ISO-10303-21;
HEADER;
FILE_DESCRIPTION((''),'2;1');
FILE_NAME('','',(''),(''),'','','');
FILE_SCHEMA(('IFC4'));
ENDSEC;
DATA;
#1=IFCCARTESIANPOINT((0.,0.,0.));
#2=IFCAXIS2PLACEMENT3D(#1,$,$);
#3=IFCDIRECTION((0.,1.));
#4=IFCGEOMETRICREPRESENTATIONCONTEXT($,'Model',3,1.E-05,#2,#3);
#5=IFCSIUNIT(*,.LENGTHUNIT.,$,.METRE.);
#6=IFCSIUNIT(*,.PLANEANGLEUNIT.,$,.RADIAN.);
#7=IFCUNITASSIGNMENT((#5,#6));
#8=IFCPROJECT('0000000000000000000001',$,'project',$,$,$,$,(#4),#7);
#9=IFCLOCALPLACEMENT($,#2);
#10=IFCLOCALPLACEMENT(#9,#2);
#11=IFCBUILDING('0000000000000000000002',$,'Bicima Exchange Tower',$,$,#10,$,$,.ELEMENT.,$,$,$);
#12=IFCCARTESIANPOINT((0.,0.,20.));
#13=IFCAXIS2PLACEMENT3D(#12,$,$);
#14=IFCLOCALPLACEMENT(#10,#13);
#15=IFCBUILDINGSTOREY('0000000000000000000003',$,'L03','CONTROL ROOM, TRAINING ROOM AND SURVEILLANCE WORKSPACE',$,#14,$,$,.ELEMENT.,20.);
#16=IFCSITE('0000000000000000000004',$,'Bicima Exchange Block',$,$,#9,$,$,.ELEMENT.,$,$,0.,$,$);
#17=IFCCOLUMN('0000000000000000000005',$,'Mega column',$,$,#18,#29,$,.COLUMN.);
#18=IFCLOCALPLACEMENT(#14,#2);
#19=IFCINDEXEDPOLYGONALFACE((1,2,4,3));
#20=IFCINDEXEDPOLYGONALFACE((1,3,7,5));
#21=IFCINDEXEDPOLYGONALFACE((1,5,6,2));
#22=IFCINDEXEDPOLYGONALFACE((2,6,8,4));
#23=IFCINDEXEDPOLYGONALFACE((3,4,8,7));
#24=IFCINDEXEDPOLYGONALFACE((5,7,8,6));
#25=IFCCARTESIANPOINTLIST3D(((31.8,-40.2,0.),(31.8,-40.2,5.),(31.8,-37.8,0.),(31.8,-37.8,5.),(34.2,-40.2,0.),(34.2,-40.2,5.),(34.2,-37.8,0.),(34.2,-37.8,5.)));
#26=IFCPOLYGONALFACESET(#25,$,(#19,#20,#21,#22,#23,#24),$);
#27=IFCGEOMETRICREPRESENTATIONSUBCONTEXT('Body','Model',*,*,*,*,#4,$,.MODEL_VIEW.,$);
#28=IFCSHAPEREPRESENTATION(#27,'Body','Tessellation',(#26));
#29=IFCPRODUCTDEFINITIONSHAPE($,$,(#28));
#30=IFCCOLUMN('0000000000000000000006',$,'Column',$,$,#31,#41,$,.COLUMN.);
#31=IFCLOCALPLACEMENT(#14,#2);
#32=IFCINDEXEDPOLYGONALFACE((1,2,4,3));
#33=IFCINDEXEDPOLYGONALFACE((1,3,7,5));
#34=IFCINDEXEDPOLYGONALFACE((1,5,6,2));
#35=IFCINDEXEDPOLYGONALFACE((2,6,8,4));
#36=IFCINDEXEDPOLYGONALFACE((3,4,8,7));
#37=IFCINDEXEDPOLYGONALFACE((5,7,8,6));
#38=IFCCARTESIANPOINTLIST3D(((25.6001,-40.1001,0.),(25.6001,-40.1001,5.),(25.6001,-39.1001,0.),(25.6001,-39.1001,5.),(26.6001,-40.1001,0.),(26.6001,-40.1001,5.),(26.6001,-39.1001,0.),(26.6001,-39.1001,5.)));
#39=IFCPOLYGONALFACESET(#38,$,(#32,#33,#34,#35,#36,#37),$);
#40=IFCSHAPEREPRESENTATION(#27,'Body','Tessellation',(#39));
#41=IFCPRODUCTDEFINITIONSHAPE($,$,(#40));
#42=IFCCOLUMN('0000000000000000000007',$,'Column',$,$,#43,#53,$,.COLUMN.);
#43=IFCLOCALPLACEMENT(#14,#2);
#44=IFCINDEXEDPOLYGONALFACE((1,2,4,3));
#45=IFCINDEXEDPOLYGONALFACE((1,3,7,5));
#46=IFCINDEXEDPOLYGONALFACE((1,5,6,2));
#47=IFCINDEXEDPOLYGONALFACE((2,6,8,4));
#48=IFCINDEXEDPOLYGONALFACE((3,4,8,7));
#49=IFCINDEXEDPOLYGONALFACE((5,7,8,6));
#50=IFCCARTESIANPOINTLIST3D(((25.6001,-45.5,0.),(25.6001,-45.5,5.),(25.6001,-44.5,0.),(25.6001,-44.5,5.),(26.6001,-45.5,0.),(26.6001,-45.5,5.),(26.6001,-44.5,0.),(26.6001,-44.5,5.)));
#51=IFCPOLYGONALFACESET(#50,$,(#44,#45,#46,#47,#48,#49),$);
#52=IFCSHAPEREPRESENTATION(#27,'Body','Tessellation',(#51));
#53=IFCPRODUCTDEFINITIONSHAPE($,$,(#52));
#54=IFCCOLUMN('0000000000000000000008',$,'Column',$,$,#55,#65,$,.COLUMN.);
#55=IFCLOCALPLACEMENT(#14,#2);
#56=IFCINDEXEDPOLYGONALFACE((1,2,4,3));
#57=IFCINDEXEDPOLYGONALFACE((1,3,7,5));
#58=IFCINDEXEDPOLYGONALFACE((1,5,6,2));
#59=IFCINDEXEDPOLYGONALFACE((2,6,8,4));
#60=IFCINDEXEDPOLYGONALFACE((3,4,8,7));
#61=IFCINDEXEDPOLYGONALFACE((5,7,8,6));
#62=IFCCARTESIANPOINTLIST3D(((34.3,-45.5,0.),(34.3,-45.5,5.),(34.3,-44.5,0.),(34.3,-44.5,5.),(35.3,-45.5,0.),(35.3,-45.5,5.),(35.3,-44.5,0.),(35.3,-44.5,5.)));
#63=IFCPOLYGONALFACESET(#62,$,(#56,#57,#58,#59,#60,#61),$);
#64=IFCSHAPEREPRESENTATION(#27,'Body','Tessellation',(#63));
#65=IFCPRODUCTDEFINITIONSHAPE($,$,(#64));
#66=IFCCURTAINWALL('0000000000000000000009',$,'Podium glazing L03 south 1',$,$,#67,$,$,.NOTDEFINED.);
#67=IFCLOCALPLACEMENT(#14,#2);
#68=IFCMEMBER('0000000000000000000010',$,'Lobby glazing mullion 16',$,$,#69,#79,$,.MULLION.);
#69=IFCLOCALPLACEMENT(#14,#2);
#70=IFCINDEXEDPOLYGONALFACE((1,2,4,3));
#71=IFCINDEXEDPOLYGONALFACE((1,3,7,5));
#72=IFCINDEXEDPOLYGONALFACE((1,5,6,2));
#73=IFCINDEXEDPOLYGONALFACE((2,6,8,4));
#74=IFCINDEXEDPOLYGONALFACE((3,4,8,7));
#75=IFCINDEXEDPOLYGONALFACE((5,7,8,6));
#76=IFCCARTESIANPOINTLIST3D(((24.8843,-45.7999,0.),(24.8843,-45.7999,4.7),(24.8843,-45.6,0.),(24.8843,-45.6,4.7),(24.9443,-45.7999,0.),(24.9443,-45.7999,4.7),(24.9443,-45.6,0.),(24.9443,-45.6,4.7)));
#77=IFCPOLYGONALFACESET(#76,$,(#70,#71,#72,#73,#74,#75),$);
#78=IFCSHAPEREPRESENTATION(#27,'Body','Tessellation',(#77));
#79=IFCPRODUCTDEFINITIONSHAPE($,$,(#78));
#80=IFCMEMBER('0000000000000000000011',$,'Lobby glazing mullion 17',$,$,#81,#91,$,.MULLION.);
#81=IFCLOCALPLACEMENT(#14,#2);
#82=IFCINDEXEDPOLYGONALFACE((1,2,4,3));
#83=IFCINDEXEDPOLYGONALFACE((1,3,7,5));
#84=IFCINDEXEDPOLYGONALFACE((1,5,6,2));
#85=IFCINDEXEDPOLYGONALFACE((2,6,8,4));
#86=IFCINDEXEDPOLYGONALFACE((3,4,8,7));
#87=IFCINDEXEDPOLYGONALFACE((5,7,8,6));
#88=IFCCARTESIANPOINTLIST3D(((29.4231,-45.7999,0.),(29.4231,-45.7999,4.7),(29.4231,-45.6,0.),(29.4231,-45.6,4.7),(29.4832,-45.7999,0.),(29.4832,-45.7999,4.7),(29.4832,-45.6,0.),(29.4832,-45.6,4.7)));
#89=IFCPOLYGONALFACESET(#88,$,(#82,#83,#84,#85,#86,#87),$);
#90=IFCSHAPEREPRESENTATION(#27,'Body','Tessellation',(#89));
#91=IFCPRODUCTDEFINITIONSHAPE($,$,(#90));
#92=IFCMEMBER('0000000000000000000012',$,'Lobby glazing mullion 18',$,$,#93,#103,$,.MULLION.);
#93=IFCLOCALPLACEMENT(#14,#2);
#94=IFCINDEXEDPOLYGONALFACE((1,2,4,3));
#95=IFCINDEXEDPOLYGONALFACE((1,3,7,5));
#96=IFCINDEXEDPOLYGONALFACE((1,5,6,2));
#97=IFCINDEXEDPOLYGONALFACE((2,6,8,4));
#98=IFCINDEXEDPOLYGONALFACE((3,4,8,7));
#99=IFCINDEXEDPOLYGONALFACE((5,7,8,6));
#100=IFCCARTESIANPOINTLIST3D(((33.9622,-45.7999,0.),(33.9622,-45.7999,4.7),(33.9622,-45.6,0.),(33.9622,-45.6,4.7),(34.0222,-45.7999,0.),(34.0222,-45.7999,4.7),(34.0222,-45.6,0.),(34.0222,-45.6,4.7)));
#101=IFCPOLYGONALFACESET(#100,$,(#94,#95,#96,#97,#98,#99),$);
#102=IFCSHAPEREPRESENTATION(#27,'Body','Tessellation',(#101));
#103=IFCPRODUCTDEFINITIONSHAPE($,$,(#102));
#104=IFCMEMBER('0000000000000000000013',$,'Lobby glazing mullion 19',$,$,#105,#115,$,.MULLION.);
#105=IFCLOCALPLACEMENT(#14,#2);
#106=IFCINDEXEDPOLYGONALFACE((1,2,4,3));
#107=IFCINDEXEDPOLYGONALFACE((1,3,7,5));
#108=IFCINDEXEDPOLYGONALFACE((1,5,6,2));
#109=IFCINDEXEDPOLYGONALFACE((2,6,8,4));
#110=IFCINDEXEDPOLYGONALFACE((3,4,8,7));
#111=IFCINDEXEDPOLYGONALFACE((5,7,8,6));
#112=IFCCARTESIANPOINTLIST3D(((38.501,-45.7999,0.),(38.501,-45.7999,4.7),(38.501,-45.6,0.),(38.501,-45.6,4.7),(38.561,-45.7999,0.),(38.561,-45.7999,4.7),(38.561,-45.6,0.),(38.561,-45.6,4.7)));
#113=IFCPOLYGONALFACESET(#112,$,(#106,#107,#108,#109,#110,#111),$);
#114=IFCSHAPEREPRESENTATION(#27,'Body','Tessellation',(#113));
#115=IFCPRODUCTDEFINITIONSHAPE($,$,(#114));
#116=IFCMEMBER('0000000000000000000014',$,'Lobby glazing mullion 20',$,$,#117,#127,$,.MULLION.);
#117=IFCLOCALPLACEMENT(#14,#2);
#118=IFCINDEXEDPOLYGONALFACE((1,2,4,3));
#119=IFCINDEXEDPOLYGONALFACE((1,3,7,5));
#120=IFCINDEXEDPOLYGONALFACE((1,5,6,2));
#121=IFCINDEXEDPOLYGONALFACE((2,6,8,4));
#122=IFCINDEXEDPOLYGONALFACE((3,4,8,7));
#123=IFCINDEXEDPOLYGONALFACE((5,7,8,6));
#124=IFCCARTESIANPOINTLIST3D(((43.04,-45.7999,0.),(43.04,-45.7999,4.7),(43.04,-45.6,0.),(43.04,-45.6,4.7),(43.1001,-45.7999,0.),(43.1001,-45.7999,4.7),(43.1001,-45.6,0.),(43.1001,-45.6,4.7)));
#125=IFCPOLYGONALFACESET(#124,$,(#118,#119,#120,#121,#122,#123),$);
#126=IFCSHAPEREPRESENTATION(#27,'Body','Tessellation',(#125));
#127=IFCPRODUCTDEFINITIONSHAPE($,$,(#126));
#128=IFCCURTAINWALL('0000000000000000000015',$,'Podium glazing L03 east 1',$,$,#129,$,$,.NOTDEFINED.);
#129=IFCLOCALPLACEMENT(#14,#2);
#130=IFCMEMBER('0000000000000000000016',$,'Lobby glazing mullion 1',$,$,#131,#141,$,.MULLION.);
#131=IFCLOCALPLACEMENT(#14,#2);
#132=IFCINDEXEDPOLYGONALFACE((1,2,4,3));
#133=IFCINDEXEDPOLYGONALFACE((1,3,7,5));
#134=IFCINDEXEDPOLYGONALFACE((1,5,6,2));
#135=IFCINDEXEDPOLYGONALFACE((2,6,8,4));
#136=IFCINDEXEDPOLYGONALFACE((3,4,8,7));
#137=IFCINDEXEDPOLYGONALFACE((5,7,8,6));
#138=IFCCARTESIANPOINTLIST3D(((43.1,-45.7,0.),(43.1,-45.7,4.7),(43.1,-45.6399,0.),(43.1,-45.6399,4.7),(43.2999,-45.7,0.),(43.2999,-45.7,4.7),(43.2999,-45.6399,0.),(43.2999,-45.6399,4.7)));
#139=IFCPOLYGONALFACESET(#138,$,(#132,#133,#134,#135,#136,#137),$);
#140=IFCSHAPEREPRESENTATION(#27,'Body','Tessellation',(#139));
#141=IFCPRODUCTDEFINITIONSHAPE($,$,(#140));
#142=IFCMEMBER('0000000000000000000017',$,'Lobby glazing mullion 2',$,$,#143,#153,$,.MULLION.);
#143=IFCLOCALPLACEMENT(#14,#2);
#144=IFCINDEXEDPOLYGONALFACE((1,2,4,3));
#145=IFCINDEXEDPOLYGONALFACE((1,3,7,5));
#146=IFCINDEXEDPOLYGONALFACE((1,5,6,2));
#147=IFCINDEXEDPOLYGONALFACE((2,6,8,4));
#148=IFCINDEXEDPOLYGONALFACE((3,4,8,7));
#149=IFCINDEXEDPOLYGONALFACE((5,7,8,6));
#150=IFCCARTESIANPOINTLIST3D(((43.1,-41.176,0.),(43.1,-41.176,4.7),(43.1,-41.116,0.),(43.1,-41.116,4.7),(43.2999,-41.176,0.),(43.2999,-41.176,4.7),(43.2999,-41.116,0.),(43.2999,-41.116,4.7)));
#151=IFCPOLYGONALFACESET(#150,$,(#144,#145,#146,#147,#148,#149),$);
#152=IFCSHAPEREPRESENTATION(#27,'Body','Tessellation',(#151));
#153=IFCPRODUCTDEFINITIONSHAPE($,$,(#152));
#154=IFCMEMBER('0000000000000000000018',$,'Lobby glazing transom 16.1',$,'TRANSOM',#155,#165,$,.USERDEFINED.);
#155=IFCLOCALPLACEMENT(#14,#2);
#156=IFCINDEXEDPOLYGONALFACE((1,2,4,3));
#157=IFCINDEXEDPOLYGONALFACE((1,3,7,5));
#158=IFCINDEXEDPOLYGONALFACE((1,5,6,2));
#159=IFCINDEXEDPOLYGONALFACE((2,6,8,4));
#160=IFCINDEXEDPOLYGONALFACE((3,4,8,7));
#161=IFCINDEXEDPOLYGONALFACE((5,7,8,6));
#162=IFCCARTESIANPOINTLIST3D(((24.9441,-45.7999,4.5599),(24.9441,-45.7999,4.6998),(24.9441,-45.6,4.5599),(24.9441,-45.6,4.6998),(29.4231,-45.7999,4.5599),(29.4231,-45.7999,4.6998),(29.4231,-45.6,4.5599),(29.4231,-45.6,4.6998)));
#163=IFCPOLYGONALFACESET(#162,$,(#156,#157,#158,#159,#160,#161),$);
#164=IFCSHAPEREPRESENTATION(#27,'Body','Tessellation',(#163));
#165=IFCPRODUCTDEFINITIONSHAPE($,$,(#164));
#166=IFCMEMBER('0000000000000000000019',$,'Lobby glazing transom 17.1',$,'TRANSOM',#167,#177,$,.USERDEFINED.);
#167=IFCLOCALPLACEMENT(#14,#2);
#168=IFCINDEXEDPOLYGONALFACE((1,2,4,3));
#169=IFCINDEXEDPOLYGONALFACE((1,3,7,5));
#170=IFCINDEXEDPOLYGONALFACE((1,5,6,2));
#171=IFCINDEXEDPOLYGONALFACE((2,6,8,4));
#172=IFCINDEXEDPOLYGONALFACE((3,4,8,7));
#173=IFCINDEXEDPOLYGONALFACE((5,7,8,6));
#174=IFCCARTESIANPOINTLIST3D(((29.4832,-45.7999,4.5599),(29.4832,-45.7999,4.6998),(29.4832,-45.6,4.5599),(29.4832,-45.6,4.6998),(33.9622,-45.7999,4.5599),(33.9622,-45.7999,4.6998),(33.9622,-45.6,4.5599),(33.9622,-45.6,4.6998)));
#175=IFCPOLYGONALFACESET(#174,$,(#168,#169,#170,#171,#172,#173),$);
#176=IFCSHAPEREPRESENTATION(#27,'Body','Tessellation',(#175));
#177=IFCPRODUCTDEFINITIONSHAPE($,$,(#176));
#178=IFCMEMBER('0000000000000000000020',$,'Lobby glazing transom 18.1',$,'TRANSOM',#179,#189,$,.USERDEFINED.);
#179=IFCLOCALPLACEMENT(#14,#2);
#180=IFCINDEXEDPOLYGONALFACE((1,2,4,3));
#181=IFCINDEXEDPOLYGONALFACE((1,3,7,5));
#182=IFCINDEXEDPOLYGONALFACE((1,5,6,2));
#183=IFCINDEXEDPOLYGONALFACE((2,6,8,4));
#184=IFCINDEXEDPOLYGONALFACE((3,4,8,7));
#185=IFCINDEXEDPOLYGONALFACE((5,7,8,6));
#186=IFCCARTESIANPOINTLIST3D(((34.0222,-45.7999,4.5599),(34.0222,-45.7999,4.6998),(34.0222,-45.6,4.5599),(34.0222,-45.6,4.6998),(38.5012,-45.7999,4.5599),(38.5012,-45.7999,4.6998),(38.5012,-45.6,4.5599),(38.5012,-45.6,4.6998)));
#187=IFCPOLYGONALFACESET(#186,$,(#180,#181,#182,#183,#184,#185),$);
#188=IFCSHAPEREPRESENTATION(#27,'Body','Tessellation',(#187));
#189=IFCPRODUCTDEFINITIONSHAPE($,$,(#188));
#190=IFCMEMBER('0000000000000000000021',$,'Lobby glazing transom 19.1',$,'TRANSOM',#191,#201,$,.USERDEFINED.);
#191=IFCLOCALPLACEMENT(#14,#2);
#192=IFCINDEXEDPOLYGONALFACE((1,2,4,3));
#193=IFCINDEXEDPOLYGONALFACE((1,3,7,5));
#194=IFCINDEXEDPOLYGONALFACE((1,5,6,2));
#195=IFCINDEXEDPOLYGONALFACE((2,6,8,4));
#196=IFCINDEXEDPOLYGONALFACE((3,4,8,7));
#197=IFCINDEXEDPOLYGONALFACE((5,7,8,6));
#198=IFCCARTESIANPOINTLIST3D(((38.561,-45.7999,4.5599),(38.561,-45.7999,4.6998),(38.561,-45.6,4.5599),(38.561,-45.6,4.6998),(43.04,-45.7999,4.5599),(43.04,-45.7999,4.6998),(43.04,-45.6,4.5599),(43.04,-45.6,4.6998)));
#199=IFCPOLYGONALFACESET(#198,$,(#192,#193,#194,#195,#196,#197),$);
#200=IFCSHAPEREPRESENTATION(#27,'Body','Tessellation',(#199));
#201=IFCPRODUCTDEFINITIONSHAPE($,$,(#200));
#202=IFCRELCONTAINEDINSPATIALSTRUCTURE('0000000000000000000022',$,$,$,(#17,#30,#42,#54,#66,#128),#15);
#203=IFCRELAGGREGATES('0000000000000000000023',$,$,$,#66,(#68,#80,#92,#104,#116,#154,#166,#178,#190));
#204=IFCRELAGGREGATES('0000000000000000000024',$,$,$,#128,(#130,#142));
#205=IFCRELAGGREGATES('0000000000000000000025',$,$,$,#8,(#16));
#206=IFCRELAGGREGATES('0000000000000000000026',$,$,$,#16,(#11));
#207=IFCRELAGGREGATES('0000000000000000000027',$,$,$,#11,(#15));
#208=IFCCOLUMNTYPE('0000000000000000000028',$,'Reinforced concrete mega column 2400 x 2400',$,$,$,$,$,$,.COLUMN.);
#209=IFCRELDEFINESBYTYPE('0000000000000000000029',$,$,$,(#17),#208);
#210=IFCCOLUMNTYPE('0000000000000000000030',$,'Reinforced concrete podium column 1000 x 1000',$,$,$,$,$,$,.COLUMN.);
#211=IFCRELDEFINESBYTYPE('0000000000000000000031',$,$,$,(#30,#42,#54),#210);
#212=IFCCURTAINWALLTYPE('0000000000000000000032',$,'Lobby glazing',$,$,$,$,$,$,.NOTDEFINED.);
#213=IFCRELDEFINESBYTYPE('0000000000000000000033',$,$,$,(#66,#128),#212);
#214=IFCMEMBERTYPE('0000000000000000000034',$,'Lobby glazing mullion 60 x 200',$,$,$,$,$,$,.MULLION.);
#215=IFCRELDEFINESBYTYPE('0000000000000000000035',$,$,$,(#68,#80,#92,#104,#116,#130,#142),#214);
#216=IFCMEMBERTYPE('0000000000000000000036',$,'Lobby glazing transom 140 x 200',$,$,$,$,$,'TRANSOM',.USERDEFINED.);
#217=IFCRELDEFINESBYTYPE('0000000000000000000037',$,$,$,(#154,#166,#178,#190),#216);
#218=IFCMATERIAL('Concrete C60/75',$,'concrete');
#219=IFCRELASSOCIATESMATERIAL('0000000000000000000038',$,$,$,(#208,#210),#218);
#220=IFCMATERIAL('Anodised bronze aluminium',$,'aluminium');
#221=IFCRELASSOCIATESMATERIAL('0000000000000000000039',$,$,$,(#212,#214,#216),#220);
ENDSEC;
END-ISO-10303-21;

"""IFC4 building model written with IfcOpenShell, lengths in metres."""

from ifc_helpers import new_model, si_unit, direction, frame, origin, origin_2d, place, context, subcontext, project, spatial, rectangle, extrude, material, material_profile, profile_set, type_object, element, aggregate, save


model = new_model("IFC4")

# Units and contexts
model_context = context("Model", 3, precision=1e-05, world=origin(), true_north=direction((0.0, 1.0)))
body_context = subcontext(model_context, "Body", "Model", "MODEL_VIEW")
ifc_project = project(units=[si_unit("LENGTHUNIT", "METRE"), si_unit("PLANEANGLEUNIT", "RADIAN")], contexts=[model_context])

# Site, building, storey
site_placement = place(None, origin())
site = spatial("IfcSite", under=ifc_project, at=site_placement, Name="Bicima Exchange Block", CompositionType="ELEMENT", RefElevation=0.0)
building_placement = place(site_placement, origin())
building = spatial("IfcBuilding", under=site, at=building_placement, Name="Bicima Exchange Tower", CompositionType="ELEMENT")
storey_placement = place(building_placement, frame((0.0, 0.0, 20.0)))
storey = spatial("IfcBuildingStorey", under=building, at=storey_placement, Name="L03", Description="CONTROL ROOM, TRAINING ROOM AND SURVEILLANCE WORKSPACE", CompositionType="ELEMENT", Elevation=20.0)

# Columns
ifc_material_1 = material(Name="Concrete C60/75", Category="concrete")
ifc_material_profile_1 = material_profile(ifc_material_1, rectangle(XDim=2.3999, YDim=2.3999, at=origin_2d()))
ifc_profile_set_1 = profile_set([ifc_material_profile_1], Name="Concrete C60/75")
column_type_1 = type_object("IfcColumnType", Name="Reinforced concrete mega column 2400 x 2400", PredefinedType="COLUMN", material=ifc_profile_set_1)
column_placement = place(storey_placement, frame((33.0, -39.0, 0.0), z_axis=(0.0, 0.0, 1.0), x_axis=(1.0, 0.0, 0.0)))
element("IfcColumn", 1, at=column_placement, inside=storey, type_object=column_type_1, Name="Mega column", PredefinedType="COLUMN", context=body_context, shape_type="SweptSolid", body=[
    extrude(rectangle(XDim=2.3999, YDim=2.3999, at=origin_2d()), origin(), (0.0, 0.0, 1.0), 5.0),
])
ifc_material_profile_2 = material_profile(ifc_material_1, rectangle(XDim=1.0, YDim=1.0, at=origin_2d()))
ifc_profile_set_2 = profile_set([ifc_material_profile_2], Name="Concrete C60/75")
column_type_2 = type_object("IfcColumnType", Name="Reinforced concrete podium column 1000 x 1000", PredefinedType="COLUMN", material=ifc_profile_set_2)
for number, where, z_axis, x_axis, name in (
    (2, (26.1001, -39.6001, 0.0), (0.0, 0.0, 1.0), (1.0, 0.0, 0.0), "Column"),
    (3, (26.1001, -45.0, 0.0), (0.0, 0.0, 1.0), (1.0, 0.0, 0.0), "Column"),
    (4, (34.8, -45.0, 0.0), (0.0, 0.0, 1.0), (1.0, 0.0, 0.0), "Column"),
):
    element("IfcColumn", number, at=place(storey_placement, frame(where, z_axis=z_axis, x_axis=x_axis)), inside=storey, type_object=column_type_2, Name=name, PredefinedType="COLUMN", context=body_context, shape_type="SweptSolid", body=[
        extrude(rectangle(XDim=1.0, YDim=1.0, at=origin_2d()), origin(), (0.0, 0.0, 1.0), 5.0),
    ])

# Curtain walls, members
ifc_material_2 = material(Name="Anodised bronze aluminium", Category="aluminium")
curtain_wall_type = type_object("IfcCurtainWallType", Name="Lobby glazing", PredefinedType="NOTDEFINED", material=ifc_material_2)
curtain_wall_1_placement = place(storey_placement, origin())
curtain_wall_1 = element("IfcCurtainWall", 5, at=curtain_wall_1_placement, inside=storey, type_object=curtain_wall_type, Name="Podium glazing L03 south 1", PredefinedType="NOTDEFINED")
ifc_material_profile_3 = material_profile(ifc_material_2, rectangle(XDim=0.2, YDim=0.0601, at=origin_2d()))
ifc_profile_set_3 = profile_set([ifc_material_profile_3], Name="Anodised bronze aluminium")
member_type_1 = type_object("IfcMemberType", Name="Lobby glazing mullion 60 x 200", PredefinedType="MULLION", material=ifc_profile_set_3)
member_1_placement = place(storey_placement, frame((24.9143, -45.7, 0.0), z_axis=(0.0, 0.0, 1.0), x_axis=(0.0, 1.0, 0.0)))
member_1 = element("IfcMember", 6, at=member_1_placement, type_object=member_type_1, Name="Lobby glazing mullion 16", PredefinedType="MULLION", context=body_context, shape_type="SweptSolid", body=[
    extrude(rectangle(XDim=0.2, YDim=0.0601, at=origin_2d()), origin(), (0.0, 0.0, 1.0), 4.7),
])
member_2_placement = place(storey_placement, frame((29.4531, -45.7, 0.0), z_axis=(0.0, 0.0, 1.0), x_axis=(0.0, 1.0, 0.0)))
member_2 = element("IfcMember", 7, at=member_2_placement, type_object=member_type_1, Name="Lobby glazing mullion 17", PredefinedType="MULLION", context=body_context, shape_type="SweptSolid", body=[
    extrude(rectangle(XDim=0.2, YDim=0.0601, at=origin_2d()), origin(), (0.0, 0.0, 1.0), 4.7),
])
member_3_placement = place(storey_placement, frame((33.9922, -45.7, 0.0), z_axis=(0.0, 0.0, 1.0), x_axis=(0.0, 1.0, 0.0)))
member_3 = element("IfcMember", 8, at=member_3_placement, type_object=member_type_1, Name="Lobby glazing mullion 18", PredefinedType="MULLION", context=body_context, shape_type="SweptSolid", body=[
    extrude(rectangle(XDim=0.2, YDim=0.0601, at=origin_2d()), origin(), (0.0, 0.0, 1.0), 4.7),
])
member_4_placement = place(storey_placement, frame((38.531, -45.7, 0.0), z_axis=(0.0, 0.0, 1.0), x_axis=(0.0, 1.0, 0.0)))
member_4 = element("IfcMember", 9, at=member_4_placement, type_object=member_type_1, Name="Lobby glazing mullion 19", PredefinedType="MULLION", context=body_context, shape_type="SweptSolid", body=[
    extrude(rectangle(XDim=0.2, YDim=0.0601, at=origin_2d()), origin(), (0.0, 0.0, 1.0), 4.7),
])
member_5_placement = place(storey_placement, frame((43.0701, -45.7, 0.0), z_axis=(0.0, 0.0, 1.0), x_axis=(0.0, 1.0, 0.0)))
member_5 = element("IfcMember", 10, at=member_5_placement, type_object=member_type_1, Name="Lobby glazing mullion 20", PredefinedType="MULLION", context=body_context, shape_type="SweptSolid", body=[
    extrude(rectangle(XDim=0.2, YDim=0.0601, at=origin_2d()), origin(), (0.0, 0.0, 1.0), 4.7),
])
curtain_wall_2_placement = place(storey_placement, origin())
curtain_wall_2 = element("IfcCurtainWall", 11, at=curtain_wall_2_placement, inside=storey, type_object=curtain_wall_type, Name="Podium glazing L03 east 1", PredefinedType="NOTDEFINED")
member_6_placement = place(storey_placement, frame((43.2, -45.6699, 0.0), z_axis=(0.0, 0.0, 1.0), x_axis=(-1.0, 0.0, 0.0)))
member_6 = element("IfcMember", 12, at=member_6_placement, type_object=member_type_1, Name="Lobby glazing mullion 1", PredefinedType="MULLION", context=body_context, shape_type="SweptSolid", body=[
    extrude(rectangle(XDim=0.2, YDim=0.0601, at=origin_2d()), origin(), (0.0, 0.0, 1.0), 4.7),
])
member_7_placement = place(storey_placement, frame((43.2, -41.146, 0.0), z_axis=(0.0, 0.0, 1.0), x_axis=(-1.0, 0.0, 0.0)))
member_7 = element("IfcMember", 13, at=member_7_placement, type_object=member_type_1, Name="Lobby glazing mullion 2", PredefinedType="MULLION", context=body_context, shape_type="SweptSolid", body=[
    extrude(rectangle(XDim=0.2, YDim=0.0601, at=origin_2d()), origin(), (0.0, 0.0, 1.0), 4.7),
])

# Members
ifc_material_profile_4 = material_profile(ifc_material_2, rectangle(XDim=0.2, YDim=0.1399, at=origin_2d()))
ifc_profile_set_4 = profile_set([ifc_material_profile_4], Name="Anodised bronze aluminium")
member_type_2 = type_object("IfcMemberType", Name="Lobby glazing transom 140 x 200", ElementType="TRANSOM", PredefinedType="USERDEFINED", material=ifc_profile_set_4)
member_8_placement = place(storey_placement, frame((24.9441, -45.7, 4.6299), z_axis=(1.0, 0.0, 0.0), x_axis=(0.0, 1.0, 0.0)))
member_8 = element("IfcMember", 14, at=member_8_placement, type_object=member_type_2, Name="Lobby glazing transom 16.1", ObjectType="TRANSOM", PredefinedType="USERDEFINED", context=body_context, shape_type="SweptSolid", body=[
    extrude(rectangle(XDim=0.2, YDim=0.1399, at=origin_2d()), origin(), (0.0, 0.0, 1.0), 4.479),
])
member_9_placement = place(storey_placement, frame((29.4832, -45.7, 4.6299), z_axis=(1.0, 0.0, 0.0), x_axis=(0.0, 1.0, 0.0)))
member_9 = element("IfcMember", 15, at=member_9_placement, type_object=member_type_2, Name="Lobby glazing transom 17.1", ObjectType="TRANSOM", PredefinedType="USERDEFINED", context=body_context, shape_type="SweptSolid", body=[
    extrude(rectangle(XDim=0.2, YDim=0.1399, at=origin_2d()), origin(), (0.0, 0.0, 1.0), 4.479),
])
member_10_placement = place(storey_placement, frame((34.0222, -45.7, 4.6299), z_axis=(1.0, 0.0, 0.0), x_axis=(0.0, 1.0, 0.0)))
member_10 = element("IfcMember", 16, at=member_10_placement, type_object=member_type_2, Name="Lobby glazing transom 18.1", ObjectType="TRANSOM", PredefinedType="USERDEFINED", context=body_context, shape_type="SweptSolid", body=[
    extrude(rectangle(XDim=0.2, YDim=0.1399, at=origin_2d()), origin(), (0.0, 0.0, 1.0), 4.479),
])
member_11_placement = place(storey_placement, frame((38.561, -45.7, 4.6299), z_axis=(1.0, 0.0, 0.0), x_axis=(0.0, 1.0, 0.0)))
member_11 = element("IfcMember", 17, at=member_11_placement, type_object=member_type_2, Name="Lobby glazing transom 19.1", ObjectType="TRANSOM", PredefinedType="USERDEFINED", context=body_context, shape_type="SweptSolid", body=[
    extrude(rectangle(XDim=0.2, YDim=0.1399, at=origin_2d()), origin(), (0.0, 0.0, 1.0), 4.479),
])

aggregate(curtain_wall_1, [member_1, member_2, member_3, member_4, member_5, member_8, member_9, member_10, member_11])
aggregate(curtain_wall_2, [member_6, member_7])

save(model, "model.ifc")
